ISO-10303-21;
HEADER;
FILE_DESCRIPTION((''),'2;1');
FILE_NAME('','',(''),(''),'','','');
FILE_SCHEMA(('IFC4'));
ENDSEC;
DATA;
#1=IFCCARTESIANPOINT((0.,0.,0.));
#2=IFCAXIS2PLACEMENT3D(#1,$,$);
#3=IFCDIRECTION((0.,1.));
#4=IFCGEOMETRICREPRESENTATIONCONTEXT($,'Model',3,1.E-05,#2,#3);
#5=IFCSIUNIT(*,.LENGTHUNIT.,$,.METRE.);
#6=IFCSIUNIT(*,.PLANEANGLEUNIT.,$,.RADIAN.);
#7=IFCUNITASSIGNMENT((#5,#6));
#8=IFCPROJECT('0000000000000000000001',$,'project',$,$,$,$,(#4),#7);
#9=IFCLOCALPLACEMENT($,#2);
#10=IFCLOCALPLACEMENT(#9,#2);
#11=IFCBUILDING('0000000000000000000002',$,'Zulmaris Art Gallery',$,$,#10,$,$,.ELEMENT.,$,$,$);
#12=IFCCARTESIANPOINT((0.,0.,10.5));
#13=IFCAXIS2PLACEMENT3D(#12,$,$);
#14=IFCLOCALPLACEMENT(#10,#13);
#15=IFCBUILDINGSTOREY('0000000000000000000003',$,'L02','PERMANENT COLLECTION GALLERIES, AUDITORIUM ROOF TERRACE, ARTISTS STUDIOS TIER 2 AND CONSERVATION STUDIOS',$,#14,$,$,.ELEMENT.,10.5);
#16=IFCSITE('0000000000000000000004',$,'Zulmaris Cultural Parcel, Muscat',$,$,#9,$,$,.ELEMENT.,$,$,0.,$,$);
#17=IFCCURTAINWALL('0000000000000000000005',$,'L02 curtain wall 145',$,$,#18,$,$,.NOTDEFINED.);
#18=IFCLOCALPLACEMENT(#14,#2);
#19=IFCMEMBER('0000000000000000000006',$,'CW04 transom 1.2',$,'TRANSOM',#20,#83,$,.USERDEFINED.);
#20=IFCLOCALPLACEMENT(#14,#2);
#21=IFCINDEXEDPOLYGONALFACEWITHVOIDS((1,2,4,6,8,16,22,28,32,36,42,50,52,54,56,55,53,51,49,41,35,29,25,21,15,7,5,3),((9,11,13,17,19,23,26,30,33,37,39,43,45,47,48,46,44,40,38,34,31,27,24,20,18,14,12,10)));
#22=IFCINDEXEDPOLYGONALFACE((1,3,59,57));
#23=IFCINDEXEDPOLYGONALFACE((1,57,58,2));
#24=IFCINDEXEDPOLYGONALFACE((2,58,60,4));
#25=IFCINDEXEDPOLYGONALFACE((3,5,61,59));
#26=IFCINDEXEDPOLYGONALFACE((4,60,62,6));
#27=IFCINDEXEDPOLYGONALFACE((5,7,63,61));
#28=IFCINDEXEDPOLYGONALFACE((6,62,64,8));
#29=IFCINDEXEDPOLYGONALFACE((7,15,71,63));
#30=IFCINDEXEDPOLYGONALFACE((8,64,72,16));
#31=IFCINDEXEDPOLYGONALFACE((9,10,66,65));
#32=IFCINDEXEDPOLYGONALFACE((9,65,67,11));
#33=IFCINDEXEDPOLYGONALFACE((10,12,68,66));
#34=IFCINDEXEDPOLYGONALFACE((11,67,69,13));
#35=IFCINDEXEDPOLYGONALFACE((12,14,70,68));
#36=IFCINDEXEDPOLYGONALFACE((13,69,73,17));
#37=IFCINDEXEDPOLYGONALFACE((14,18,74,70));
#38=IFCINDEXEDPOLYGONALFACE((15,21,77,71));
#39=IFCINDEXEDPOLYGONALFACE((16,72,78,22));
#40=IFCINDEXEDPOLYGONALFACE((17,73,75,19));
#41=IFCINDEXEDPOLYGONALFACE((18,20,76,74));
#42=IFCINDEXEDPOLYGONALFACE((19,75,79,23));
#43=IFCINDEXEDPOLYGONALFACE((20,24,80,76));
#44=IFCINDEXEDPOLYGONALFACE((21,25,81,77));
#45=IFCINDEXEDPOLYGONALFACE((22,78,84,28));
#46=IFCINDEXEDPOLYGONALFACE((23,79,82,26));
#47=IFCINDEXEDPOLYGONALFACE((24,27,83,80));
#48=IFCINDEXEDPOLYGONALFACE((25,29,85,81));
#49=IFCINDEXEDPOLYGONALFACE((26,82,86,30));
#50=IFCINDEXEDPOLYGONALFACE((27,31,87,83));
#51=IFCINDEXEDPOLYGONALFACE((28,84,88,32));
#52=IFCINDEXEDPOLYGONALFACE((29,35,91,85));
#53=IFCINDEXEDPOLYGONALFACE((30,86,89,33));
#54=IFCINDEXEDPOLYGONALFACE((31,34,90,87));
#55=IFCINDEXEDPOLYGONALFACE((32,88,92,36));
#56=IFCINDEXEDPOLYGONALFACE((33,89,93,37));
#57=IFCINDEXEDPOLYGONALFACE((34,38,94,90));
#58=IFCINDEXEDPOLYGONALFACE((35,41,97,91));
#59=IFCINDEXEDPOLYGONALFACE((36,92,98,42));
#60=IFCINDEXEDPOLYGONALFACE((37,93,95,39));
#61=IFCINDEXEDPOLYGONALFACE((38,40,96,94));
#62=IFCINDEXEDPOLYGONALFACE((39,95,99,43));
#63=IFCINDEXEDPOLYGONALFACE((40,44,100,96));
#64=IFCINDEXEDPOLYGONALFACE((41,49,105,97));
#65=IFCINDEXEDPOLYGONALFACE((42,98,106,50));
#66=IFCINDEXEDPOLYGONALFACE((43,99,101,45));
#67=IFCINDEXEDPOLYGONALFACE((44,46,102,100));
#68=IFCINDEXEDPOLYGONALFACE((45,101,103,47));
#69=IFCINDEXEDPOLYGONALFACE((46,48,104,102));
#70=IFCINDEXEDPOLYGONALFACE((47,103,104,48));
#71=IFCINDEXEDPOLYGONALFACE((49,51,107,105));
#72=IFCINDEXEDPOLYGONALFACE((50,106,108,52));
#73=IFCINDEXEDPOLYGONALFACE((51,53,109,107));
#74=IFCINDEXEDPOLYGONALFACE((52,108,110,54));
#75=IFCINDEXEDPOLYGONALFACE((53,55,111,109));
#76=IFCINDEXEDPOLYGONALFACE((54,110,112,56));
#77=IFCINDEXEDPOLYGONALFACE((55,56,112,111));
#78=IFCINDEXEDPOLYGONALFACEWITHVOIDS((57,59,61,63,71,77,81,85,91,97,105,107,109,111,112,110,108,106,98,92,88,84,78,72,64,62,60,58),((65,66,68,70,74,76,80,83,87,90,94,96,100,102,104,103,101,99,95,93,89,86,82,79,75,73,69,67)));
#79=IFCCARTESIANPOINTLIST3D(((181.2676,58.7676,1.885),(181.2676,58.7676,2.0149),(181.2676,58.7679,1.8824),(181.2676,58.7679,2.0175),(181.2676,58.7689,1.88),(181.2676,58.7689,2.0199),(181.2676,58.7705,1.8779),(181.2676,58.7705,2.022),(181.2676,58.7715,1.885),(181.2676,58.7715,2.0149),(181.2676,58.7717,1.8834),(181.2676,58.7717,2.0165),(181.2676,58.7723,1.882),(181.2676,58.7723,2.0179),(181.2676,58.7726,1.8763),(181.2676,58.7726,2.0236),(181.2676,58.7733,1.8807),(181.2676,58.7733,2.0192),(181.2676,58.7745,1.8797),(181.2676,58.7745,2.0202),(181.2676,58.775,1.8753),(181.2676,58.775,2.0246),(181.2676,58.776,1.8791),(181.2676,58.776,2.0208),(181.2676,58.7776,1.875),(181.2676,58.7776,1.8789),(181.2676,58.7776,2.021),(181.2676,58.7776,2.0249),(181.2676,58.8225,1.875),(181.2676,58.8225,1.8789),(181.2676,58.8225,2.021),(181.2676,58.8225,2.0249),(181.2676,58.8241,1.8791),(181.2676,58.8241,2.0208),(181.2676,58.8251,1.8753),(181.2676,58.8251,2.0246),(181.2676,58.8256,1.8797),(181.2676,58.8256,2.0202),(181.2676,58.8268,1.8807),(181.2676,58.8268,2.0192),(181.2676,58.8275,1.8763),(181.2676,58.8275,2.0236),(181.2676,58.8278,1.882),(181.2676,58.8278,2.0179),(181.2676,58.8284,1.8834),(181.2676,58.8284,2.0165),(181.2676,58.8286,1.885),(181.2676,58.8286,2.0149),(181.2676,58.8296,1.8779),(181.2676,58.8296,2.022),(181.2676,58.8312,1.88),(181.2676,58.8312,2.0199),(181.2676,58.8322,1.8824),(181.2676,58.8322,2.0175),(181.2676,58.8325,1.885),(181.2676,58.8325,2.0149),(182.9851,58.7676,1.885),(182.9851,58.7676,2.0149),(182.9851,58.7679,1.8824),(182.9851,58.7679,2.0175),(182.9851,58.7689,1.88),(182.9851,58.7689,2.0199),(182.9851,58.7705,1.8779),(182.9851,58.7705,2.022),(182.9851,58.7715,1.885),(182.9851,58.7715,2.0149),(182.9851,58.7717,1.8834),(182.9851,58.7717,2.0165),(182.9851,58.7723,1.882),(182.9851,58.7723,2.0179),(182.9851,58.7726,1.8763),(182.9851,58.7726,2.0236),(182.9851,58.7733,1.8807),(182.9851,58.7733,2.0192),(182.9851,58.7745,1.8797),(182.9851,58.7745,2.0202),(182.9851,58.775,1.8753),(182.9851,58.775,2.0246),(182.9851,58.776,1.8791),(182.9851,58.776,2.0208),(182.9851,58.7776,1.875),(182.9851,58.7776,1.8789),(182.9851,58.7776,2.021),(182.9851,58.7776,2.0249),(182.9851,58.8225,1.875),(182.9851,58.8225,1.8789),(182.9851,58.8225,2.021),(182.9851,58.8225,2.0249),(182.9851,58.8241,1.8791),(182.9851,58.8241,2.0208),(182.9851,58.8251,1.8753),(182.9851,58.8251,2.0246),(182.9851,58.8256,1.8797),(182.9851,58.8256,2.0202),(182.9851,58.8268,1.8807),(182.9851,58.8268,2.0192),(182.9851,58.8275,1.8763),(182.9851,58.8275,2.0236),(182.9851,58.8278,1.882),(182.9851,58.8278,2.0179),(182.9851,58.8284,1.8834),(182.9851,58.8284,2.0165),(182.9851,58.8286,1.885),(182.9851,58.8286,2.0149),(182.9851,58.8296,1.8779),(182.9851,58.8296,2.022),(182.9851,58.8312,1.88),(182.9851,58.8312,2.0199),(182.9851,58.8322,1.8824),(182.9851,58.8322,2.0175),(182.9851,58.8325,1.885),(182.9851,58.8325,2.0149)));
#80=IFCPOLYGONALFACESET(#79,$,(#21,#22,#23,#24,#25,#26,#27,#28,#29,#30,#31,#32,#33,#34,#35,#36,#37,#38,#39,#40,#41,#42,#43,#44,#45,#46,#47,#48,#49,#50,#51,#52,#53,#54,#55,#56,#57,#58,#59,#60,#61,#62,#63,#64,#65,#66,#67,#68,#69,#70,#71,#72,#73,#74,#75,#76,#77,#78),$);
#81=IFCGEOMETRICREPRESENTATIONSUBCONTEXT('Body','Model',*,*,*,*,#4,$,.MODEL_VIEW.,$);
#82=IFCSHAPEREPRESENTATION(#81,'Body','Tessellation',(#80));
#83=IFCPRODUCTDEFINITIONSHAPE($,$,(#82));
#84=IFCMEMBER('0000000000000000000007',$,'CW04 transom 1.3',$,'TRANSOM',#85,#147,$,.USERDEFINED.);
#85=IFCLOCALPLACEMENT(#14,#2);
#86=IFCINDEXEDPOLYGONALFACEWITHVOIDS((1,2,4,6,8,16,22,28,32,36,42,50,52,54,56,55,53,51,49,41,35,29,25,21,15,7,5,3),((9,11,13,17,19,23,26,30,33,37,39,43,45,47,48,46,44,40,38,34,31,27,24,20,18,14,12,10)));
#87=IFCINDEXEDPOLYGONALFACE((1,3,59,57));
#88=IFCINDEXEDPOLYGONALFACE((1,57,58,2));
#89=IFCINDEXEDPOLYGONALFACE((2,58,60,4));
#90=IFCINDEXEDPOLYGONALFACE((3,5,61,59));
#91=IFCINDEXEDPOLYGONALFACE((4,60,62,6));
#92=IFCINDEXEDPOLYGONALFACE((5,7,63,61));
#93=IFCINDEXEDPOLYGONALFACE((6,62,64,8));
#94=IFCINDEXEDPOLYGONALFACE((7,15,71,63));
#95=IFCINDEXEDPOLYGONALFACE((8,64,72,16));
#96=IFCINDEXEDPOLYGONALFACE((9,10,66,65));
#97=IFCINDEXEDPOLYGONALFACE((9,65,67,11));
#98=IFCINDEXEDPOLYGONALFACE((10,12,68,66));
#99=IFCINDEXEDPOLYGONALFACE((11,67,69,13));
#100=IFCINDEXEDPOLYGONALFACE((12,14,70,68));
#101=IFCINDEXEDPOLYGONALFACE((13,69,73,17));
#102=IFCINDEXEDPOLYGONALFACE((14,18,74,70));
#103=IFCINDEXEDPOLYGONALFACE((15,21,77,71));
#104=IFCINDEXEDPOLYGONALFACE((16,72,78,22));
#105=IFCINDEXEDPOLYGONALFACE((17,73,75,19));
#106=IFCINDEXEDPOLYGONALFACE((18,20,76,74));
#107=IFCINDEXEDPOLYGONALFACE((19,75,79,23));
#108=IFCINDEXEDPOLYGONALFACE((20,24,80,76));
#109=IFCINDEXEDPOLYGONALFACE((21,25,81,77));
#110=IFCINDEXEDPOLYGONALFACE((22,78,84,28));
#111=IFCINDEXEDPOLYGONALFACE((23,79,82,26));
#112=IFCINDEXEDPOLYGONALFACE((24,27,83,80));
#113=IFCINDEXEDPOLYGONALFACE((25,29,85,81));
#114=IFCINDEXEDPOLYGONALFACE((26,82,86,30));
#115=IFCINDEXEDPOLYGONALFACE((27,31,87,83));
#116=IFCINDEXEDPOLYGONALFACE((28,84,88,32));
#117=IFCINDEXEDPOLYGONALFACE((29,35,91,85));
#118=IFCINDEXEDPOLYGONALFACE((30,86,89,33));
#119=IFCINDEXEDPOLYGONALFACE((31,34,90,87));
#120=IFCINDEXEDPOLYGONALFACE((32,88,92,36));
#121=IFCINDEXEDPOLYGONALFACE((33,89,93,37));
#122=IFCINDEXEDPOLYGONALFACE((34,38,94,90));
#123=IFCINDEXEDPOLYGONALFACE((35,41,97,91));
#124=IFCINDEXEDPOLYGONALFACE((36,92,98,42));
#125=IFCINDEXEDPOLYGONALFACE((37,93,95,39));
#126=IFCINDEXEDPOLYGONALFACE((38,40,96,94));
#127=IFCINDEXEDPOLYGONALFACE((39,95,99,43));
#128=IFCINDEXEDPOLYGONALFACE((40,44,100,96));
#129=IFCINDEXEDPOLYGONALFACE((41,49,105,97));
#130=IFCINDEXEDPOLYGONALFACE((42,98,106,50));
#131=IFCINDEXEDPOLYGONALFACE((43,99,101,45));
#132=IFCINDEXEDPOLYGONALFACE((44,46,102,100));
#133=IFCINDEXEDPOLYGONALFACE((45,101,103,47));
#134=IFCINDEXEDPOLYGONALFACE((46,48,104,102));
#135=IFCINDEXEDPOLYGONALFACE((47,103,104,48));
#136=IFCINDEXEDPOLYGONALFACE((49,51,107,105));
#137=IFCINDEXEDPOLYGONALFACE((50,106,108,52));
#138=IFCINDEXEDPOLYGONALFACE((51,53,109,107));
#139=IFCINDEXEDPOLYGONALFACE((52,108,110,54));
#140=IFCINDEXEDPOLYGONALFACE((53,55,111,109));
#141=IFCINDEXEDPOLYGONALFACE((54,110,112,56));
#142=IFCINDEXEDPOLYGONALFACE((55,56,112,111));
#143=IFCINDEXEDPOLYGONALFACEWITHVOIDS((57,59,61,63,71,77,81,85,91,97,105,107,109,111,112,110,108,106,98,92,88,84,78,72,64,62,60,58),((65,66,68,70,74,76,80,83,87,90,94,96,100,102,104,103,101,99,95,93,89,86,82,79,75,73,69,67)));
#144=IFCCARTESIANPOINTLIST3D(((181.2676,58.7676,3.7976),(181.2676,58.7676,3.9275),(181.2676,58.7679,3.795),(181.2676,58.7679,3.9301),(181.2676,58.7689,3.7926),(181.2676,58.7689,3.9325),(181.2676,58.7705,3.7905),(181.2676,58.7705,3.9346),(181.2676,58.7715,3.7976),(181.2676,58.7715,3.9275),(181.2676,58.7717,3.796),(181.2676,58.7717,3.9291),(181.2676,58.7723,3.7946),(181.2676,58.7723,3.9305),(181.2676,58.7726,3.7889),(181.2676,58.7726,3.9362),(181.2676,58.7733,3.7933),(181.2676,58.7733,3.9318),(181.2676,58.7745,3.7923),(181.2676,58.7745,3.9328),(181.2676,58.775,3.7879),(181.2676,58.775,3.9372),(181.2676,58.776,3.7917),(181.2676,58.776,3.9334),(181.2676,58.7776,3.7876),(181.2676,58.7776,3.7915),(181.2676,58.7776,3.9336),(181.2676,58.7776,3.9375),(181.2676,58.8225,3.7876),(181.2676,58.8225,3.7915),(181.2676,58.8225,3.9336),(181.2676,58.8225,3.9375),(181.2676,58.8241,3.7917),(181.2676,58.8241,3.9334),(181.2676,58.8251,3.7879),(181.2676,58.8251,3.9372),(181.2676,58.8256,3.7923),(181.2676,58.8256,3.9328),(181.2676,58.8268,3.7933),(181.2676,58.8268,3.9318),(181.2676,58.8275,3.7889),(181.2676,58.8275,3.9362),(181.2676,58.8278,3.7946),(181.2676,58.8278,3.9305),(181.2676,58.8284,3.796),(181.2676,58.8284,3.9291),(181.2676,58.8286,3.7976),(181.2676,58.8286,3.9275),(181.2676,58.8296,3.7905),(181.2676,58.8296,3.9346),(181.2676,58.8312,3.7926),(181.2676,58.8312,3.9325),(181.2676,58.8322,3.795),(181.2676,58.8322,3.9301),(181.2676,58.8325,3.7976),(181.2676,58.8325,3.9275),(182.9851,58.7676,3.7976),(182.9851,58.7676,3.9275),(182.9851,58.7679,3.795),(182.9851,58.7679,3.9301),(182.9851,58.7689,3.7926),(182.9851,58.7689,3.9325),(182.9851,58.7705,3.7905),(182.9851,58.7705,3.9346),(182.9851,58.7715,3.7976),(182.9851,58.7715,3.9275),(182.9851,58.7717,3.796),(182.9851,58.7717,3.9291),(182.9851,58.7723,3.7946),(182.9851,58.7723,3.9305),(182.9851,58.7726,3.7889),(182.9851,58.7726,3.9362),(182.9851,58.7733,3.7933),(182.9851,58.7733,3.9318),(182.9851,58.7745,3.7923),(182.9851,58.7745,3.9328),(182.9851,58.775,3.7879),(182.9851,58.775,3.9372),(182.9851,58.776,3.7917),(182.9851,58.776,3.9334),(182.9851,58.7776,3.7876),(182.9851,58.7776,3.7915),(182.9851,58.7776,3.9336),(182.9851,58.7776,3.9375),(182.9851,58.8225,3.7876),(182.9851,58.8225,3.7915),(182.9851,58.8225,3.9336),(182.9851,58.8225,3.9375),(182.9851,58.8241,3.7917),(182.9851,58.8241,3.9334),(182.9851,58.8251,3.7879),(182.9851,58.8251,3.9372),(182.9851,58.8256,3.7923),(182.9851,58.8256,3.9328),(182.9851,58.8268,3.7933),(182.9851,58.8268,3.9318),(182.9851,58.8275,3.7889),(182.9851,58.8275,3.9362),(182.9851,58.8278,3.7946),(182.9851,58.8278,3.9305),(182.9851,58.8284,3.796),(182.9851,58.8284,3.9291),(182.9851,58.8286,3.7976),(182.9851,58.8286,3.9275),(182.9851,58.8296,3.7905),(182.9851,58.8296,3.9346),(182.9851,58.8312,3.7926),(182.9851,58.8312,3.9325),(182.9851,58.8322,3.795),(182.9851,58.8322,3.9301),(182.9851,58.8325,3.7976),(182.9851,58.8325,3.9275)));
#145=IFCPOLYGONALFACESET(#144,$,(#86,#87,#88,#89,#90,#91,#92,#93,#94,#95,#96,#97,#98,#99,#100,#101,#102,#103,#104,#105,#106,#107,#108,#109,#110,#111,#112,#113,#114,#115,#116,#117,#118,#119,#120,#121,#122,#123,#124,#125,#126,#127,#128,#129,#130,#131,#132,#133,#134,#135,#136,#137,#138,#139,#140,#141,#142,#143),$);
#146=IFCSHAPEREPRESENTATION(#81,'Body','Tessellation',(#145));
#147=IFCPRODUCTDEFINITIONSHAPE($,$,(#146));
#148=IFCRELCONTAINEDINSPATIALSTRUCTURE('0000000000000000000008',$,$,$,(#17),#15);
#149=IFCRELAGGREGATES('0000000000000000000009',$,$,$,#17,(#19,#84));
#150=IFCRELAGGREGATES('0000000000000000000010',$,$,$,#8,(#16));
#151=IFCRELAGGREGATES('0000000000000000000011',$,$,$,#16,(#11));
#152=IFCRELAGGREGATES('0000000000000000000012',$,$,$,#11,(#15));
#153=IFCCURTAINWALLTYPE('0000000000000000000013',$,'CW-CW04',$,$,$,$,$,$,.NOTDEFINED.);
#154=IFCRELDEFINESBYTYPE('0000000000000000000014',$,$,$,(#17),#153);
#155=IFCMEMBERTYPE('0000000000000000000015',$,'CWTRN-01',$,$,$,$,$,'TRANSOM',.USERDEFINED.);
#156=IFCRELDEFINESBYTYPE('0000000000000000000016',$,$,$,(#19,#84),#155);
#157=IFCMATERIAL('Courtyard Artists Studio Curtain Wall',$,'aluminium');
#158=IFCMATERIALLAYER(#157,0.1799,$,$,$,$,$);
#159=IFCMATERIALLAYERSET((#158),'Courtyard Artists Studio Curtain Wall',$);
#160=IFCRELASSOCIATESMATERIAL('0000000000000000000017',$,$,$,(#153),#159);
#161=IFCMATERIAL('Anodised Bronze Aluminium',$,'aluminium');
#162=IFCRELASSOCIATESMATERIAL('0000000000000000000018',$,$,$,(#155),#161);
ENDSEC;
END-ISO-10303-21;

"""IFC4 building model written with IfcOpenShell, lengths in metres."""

from ifc_helpers import new_model, si_unit, direction, frame, origin, origin_2d, place, context, subcontext, project, spatial, hollow_rectangle, extrude, material, layer, layer_set, material_profile, profile_set, type_object, element, aggregate, save


model = new_model("IFC4")

# Units and contexts
model_context = context("Model", 3, precision=1e-05, world=origin(), true_north=direction((0.0, 1.0)))
body_context = subcontext(model_context, "Body", "Model", "MODEL_VIEW")
ifc_project = project(units=[si_unit("LENGTHUNIT", "METRE"), si_unit("PLANEANGLEUNIT", "RADIAN")], contexts=[model_context])

# Site, building, storey
site_placement = place(None, origin())
site = spatial("IfcSite", under=ifc_project, at=site_placement, Name="Zulmaris Cultural Parcel, Muscat", CompositionType="ELEMENT", RefElevation=0.0)
building_placement = place(site_placement, origin())
building = spatial("IfcBuilding", under=site, at=building_placement, Name="Zulmaris Art Gallery", CompositionType="ELEMENT")
storey_placement = place(building_placement, frame((0.0, 0.0, 10.5)))
storey = spatial("IfcBuildingStorey", under=building, at=storey_placement, Name="L02", Description="PERMANENT COLLECTION GALLERIES, AUDITORIUM ROOF TERRACE, ARTISTS STUDIOS TIER 2 AND CONSERVATION STUDIOS", CompositionType="ELEMENT", Elevation=10.5)

# Curtain wall, members
ifc_material_1 = material(Name="Courtyard Artists Studio Curtain Wall", Category="aluminium")
ifc_layer_1 = layer(ifc_material_1, 0.1799)
ifc_layer_set_1 = layer_set([ifc_layer_1], Name="Courtyard Artists Studio Curtain Wall")
curtain_wall_type = type_object("IfcCurtainWallType", Name="CW-CW04", PredefinedType="NOTDEFINED", material=ifc_layer_set_1)
curtain_wall_placement = place(storey_placement, origin())
curtain_wall = element("IfcCurtainWall", 1, at=curtain_wall_placement, inside=storey, type_object=curtain_wall_type, Name="L02 curtain wall 145", PredefinedType="NOTDEFINED")
ifc_material_2 = material(Name="Anodised Bronze Aluminium", Category="aluminium")
ifc_material_profile_1 = material_profile(ifc_material_2, hollow_rectangle(XDim=0.0649, YDim=0.1499, WallThickness=0.0039, InnerFilletRadius=0.0061, OuterFilletRadius=0.01, at=origin_2d()), Name="ALU 65x150x4")
ifc_profile_set_1 = profile_set([ifc_material_profile_1], Name="Anodised Bronze Aluminium")
member_type_1 = type_object("IfcMemberType", Name="CWTRN-01", ElementType="TRANSOM", PredefinedType="USERDEFINED", material=ifc_profile_set_1)
member_1_placement = place(storey_placement, frame((182.9851, 58.8, 1.95), z_axis=(-1.0, 0.0, 0.0), x_axis=(0.0, -1.0, 0.0)))
member_1 = element("IfcMember", 2, at=member_1_placement, type_object=member_type_1, Name="CW04 transom 1.2", ObjectType="TRANSOM", PredefinedType="USERDEFINED", context=body_context, shape_type="SweptSolid", body=[
    extrude(hollow_rectangle(XDim=0.0649, YDim=0.1499, WallThickness=0.0039, InnerFilletRadius=0.0061, OuterFilletRadius=0.01, at=origin_2d()), origin(), (0.0, 0.0, 1.0), 1.7175),
])
member_2_placement = place(storey_placement, frame((182.9851, 58.8, 3.8625), z_axis=(-1.0, 0.0, 0.0), x_axis=(0.0, -1.0, 0.0)))
member_2 = element("IfcMember", 3, at=member_2_placement, type_object=member_type_1, Name="CW04 transom 1.3", ObjectType="TRANSOM", PredefinedType="USERDEFINED", context=body_context, shape_type="SweptSolid", body=[
    extrude(hollow_rectangle(XDim=0.0649, YDim=0.1499, WallThickness=0.0039, InnerFilletRadius=0.0061, OuterFilletRadius=0.01, at=origin_2d()), origin(), (0.0, 0.0, 1.0), 1.7175),
])
aggregate(curtain_wall, [member_1, member_2])

save(model, "model.ifc")
